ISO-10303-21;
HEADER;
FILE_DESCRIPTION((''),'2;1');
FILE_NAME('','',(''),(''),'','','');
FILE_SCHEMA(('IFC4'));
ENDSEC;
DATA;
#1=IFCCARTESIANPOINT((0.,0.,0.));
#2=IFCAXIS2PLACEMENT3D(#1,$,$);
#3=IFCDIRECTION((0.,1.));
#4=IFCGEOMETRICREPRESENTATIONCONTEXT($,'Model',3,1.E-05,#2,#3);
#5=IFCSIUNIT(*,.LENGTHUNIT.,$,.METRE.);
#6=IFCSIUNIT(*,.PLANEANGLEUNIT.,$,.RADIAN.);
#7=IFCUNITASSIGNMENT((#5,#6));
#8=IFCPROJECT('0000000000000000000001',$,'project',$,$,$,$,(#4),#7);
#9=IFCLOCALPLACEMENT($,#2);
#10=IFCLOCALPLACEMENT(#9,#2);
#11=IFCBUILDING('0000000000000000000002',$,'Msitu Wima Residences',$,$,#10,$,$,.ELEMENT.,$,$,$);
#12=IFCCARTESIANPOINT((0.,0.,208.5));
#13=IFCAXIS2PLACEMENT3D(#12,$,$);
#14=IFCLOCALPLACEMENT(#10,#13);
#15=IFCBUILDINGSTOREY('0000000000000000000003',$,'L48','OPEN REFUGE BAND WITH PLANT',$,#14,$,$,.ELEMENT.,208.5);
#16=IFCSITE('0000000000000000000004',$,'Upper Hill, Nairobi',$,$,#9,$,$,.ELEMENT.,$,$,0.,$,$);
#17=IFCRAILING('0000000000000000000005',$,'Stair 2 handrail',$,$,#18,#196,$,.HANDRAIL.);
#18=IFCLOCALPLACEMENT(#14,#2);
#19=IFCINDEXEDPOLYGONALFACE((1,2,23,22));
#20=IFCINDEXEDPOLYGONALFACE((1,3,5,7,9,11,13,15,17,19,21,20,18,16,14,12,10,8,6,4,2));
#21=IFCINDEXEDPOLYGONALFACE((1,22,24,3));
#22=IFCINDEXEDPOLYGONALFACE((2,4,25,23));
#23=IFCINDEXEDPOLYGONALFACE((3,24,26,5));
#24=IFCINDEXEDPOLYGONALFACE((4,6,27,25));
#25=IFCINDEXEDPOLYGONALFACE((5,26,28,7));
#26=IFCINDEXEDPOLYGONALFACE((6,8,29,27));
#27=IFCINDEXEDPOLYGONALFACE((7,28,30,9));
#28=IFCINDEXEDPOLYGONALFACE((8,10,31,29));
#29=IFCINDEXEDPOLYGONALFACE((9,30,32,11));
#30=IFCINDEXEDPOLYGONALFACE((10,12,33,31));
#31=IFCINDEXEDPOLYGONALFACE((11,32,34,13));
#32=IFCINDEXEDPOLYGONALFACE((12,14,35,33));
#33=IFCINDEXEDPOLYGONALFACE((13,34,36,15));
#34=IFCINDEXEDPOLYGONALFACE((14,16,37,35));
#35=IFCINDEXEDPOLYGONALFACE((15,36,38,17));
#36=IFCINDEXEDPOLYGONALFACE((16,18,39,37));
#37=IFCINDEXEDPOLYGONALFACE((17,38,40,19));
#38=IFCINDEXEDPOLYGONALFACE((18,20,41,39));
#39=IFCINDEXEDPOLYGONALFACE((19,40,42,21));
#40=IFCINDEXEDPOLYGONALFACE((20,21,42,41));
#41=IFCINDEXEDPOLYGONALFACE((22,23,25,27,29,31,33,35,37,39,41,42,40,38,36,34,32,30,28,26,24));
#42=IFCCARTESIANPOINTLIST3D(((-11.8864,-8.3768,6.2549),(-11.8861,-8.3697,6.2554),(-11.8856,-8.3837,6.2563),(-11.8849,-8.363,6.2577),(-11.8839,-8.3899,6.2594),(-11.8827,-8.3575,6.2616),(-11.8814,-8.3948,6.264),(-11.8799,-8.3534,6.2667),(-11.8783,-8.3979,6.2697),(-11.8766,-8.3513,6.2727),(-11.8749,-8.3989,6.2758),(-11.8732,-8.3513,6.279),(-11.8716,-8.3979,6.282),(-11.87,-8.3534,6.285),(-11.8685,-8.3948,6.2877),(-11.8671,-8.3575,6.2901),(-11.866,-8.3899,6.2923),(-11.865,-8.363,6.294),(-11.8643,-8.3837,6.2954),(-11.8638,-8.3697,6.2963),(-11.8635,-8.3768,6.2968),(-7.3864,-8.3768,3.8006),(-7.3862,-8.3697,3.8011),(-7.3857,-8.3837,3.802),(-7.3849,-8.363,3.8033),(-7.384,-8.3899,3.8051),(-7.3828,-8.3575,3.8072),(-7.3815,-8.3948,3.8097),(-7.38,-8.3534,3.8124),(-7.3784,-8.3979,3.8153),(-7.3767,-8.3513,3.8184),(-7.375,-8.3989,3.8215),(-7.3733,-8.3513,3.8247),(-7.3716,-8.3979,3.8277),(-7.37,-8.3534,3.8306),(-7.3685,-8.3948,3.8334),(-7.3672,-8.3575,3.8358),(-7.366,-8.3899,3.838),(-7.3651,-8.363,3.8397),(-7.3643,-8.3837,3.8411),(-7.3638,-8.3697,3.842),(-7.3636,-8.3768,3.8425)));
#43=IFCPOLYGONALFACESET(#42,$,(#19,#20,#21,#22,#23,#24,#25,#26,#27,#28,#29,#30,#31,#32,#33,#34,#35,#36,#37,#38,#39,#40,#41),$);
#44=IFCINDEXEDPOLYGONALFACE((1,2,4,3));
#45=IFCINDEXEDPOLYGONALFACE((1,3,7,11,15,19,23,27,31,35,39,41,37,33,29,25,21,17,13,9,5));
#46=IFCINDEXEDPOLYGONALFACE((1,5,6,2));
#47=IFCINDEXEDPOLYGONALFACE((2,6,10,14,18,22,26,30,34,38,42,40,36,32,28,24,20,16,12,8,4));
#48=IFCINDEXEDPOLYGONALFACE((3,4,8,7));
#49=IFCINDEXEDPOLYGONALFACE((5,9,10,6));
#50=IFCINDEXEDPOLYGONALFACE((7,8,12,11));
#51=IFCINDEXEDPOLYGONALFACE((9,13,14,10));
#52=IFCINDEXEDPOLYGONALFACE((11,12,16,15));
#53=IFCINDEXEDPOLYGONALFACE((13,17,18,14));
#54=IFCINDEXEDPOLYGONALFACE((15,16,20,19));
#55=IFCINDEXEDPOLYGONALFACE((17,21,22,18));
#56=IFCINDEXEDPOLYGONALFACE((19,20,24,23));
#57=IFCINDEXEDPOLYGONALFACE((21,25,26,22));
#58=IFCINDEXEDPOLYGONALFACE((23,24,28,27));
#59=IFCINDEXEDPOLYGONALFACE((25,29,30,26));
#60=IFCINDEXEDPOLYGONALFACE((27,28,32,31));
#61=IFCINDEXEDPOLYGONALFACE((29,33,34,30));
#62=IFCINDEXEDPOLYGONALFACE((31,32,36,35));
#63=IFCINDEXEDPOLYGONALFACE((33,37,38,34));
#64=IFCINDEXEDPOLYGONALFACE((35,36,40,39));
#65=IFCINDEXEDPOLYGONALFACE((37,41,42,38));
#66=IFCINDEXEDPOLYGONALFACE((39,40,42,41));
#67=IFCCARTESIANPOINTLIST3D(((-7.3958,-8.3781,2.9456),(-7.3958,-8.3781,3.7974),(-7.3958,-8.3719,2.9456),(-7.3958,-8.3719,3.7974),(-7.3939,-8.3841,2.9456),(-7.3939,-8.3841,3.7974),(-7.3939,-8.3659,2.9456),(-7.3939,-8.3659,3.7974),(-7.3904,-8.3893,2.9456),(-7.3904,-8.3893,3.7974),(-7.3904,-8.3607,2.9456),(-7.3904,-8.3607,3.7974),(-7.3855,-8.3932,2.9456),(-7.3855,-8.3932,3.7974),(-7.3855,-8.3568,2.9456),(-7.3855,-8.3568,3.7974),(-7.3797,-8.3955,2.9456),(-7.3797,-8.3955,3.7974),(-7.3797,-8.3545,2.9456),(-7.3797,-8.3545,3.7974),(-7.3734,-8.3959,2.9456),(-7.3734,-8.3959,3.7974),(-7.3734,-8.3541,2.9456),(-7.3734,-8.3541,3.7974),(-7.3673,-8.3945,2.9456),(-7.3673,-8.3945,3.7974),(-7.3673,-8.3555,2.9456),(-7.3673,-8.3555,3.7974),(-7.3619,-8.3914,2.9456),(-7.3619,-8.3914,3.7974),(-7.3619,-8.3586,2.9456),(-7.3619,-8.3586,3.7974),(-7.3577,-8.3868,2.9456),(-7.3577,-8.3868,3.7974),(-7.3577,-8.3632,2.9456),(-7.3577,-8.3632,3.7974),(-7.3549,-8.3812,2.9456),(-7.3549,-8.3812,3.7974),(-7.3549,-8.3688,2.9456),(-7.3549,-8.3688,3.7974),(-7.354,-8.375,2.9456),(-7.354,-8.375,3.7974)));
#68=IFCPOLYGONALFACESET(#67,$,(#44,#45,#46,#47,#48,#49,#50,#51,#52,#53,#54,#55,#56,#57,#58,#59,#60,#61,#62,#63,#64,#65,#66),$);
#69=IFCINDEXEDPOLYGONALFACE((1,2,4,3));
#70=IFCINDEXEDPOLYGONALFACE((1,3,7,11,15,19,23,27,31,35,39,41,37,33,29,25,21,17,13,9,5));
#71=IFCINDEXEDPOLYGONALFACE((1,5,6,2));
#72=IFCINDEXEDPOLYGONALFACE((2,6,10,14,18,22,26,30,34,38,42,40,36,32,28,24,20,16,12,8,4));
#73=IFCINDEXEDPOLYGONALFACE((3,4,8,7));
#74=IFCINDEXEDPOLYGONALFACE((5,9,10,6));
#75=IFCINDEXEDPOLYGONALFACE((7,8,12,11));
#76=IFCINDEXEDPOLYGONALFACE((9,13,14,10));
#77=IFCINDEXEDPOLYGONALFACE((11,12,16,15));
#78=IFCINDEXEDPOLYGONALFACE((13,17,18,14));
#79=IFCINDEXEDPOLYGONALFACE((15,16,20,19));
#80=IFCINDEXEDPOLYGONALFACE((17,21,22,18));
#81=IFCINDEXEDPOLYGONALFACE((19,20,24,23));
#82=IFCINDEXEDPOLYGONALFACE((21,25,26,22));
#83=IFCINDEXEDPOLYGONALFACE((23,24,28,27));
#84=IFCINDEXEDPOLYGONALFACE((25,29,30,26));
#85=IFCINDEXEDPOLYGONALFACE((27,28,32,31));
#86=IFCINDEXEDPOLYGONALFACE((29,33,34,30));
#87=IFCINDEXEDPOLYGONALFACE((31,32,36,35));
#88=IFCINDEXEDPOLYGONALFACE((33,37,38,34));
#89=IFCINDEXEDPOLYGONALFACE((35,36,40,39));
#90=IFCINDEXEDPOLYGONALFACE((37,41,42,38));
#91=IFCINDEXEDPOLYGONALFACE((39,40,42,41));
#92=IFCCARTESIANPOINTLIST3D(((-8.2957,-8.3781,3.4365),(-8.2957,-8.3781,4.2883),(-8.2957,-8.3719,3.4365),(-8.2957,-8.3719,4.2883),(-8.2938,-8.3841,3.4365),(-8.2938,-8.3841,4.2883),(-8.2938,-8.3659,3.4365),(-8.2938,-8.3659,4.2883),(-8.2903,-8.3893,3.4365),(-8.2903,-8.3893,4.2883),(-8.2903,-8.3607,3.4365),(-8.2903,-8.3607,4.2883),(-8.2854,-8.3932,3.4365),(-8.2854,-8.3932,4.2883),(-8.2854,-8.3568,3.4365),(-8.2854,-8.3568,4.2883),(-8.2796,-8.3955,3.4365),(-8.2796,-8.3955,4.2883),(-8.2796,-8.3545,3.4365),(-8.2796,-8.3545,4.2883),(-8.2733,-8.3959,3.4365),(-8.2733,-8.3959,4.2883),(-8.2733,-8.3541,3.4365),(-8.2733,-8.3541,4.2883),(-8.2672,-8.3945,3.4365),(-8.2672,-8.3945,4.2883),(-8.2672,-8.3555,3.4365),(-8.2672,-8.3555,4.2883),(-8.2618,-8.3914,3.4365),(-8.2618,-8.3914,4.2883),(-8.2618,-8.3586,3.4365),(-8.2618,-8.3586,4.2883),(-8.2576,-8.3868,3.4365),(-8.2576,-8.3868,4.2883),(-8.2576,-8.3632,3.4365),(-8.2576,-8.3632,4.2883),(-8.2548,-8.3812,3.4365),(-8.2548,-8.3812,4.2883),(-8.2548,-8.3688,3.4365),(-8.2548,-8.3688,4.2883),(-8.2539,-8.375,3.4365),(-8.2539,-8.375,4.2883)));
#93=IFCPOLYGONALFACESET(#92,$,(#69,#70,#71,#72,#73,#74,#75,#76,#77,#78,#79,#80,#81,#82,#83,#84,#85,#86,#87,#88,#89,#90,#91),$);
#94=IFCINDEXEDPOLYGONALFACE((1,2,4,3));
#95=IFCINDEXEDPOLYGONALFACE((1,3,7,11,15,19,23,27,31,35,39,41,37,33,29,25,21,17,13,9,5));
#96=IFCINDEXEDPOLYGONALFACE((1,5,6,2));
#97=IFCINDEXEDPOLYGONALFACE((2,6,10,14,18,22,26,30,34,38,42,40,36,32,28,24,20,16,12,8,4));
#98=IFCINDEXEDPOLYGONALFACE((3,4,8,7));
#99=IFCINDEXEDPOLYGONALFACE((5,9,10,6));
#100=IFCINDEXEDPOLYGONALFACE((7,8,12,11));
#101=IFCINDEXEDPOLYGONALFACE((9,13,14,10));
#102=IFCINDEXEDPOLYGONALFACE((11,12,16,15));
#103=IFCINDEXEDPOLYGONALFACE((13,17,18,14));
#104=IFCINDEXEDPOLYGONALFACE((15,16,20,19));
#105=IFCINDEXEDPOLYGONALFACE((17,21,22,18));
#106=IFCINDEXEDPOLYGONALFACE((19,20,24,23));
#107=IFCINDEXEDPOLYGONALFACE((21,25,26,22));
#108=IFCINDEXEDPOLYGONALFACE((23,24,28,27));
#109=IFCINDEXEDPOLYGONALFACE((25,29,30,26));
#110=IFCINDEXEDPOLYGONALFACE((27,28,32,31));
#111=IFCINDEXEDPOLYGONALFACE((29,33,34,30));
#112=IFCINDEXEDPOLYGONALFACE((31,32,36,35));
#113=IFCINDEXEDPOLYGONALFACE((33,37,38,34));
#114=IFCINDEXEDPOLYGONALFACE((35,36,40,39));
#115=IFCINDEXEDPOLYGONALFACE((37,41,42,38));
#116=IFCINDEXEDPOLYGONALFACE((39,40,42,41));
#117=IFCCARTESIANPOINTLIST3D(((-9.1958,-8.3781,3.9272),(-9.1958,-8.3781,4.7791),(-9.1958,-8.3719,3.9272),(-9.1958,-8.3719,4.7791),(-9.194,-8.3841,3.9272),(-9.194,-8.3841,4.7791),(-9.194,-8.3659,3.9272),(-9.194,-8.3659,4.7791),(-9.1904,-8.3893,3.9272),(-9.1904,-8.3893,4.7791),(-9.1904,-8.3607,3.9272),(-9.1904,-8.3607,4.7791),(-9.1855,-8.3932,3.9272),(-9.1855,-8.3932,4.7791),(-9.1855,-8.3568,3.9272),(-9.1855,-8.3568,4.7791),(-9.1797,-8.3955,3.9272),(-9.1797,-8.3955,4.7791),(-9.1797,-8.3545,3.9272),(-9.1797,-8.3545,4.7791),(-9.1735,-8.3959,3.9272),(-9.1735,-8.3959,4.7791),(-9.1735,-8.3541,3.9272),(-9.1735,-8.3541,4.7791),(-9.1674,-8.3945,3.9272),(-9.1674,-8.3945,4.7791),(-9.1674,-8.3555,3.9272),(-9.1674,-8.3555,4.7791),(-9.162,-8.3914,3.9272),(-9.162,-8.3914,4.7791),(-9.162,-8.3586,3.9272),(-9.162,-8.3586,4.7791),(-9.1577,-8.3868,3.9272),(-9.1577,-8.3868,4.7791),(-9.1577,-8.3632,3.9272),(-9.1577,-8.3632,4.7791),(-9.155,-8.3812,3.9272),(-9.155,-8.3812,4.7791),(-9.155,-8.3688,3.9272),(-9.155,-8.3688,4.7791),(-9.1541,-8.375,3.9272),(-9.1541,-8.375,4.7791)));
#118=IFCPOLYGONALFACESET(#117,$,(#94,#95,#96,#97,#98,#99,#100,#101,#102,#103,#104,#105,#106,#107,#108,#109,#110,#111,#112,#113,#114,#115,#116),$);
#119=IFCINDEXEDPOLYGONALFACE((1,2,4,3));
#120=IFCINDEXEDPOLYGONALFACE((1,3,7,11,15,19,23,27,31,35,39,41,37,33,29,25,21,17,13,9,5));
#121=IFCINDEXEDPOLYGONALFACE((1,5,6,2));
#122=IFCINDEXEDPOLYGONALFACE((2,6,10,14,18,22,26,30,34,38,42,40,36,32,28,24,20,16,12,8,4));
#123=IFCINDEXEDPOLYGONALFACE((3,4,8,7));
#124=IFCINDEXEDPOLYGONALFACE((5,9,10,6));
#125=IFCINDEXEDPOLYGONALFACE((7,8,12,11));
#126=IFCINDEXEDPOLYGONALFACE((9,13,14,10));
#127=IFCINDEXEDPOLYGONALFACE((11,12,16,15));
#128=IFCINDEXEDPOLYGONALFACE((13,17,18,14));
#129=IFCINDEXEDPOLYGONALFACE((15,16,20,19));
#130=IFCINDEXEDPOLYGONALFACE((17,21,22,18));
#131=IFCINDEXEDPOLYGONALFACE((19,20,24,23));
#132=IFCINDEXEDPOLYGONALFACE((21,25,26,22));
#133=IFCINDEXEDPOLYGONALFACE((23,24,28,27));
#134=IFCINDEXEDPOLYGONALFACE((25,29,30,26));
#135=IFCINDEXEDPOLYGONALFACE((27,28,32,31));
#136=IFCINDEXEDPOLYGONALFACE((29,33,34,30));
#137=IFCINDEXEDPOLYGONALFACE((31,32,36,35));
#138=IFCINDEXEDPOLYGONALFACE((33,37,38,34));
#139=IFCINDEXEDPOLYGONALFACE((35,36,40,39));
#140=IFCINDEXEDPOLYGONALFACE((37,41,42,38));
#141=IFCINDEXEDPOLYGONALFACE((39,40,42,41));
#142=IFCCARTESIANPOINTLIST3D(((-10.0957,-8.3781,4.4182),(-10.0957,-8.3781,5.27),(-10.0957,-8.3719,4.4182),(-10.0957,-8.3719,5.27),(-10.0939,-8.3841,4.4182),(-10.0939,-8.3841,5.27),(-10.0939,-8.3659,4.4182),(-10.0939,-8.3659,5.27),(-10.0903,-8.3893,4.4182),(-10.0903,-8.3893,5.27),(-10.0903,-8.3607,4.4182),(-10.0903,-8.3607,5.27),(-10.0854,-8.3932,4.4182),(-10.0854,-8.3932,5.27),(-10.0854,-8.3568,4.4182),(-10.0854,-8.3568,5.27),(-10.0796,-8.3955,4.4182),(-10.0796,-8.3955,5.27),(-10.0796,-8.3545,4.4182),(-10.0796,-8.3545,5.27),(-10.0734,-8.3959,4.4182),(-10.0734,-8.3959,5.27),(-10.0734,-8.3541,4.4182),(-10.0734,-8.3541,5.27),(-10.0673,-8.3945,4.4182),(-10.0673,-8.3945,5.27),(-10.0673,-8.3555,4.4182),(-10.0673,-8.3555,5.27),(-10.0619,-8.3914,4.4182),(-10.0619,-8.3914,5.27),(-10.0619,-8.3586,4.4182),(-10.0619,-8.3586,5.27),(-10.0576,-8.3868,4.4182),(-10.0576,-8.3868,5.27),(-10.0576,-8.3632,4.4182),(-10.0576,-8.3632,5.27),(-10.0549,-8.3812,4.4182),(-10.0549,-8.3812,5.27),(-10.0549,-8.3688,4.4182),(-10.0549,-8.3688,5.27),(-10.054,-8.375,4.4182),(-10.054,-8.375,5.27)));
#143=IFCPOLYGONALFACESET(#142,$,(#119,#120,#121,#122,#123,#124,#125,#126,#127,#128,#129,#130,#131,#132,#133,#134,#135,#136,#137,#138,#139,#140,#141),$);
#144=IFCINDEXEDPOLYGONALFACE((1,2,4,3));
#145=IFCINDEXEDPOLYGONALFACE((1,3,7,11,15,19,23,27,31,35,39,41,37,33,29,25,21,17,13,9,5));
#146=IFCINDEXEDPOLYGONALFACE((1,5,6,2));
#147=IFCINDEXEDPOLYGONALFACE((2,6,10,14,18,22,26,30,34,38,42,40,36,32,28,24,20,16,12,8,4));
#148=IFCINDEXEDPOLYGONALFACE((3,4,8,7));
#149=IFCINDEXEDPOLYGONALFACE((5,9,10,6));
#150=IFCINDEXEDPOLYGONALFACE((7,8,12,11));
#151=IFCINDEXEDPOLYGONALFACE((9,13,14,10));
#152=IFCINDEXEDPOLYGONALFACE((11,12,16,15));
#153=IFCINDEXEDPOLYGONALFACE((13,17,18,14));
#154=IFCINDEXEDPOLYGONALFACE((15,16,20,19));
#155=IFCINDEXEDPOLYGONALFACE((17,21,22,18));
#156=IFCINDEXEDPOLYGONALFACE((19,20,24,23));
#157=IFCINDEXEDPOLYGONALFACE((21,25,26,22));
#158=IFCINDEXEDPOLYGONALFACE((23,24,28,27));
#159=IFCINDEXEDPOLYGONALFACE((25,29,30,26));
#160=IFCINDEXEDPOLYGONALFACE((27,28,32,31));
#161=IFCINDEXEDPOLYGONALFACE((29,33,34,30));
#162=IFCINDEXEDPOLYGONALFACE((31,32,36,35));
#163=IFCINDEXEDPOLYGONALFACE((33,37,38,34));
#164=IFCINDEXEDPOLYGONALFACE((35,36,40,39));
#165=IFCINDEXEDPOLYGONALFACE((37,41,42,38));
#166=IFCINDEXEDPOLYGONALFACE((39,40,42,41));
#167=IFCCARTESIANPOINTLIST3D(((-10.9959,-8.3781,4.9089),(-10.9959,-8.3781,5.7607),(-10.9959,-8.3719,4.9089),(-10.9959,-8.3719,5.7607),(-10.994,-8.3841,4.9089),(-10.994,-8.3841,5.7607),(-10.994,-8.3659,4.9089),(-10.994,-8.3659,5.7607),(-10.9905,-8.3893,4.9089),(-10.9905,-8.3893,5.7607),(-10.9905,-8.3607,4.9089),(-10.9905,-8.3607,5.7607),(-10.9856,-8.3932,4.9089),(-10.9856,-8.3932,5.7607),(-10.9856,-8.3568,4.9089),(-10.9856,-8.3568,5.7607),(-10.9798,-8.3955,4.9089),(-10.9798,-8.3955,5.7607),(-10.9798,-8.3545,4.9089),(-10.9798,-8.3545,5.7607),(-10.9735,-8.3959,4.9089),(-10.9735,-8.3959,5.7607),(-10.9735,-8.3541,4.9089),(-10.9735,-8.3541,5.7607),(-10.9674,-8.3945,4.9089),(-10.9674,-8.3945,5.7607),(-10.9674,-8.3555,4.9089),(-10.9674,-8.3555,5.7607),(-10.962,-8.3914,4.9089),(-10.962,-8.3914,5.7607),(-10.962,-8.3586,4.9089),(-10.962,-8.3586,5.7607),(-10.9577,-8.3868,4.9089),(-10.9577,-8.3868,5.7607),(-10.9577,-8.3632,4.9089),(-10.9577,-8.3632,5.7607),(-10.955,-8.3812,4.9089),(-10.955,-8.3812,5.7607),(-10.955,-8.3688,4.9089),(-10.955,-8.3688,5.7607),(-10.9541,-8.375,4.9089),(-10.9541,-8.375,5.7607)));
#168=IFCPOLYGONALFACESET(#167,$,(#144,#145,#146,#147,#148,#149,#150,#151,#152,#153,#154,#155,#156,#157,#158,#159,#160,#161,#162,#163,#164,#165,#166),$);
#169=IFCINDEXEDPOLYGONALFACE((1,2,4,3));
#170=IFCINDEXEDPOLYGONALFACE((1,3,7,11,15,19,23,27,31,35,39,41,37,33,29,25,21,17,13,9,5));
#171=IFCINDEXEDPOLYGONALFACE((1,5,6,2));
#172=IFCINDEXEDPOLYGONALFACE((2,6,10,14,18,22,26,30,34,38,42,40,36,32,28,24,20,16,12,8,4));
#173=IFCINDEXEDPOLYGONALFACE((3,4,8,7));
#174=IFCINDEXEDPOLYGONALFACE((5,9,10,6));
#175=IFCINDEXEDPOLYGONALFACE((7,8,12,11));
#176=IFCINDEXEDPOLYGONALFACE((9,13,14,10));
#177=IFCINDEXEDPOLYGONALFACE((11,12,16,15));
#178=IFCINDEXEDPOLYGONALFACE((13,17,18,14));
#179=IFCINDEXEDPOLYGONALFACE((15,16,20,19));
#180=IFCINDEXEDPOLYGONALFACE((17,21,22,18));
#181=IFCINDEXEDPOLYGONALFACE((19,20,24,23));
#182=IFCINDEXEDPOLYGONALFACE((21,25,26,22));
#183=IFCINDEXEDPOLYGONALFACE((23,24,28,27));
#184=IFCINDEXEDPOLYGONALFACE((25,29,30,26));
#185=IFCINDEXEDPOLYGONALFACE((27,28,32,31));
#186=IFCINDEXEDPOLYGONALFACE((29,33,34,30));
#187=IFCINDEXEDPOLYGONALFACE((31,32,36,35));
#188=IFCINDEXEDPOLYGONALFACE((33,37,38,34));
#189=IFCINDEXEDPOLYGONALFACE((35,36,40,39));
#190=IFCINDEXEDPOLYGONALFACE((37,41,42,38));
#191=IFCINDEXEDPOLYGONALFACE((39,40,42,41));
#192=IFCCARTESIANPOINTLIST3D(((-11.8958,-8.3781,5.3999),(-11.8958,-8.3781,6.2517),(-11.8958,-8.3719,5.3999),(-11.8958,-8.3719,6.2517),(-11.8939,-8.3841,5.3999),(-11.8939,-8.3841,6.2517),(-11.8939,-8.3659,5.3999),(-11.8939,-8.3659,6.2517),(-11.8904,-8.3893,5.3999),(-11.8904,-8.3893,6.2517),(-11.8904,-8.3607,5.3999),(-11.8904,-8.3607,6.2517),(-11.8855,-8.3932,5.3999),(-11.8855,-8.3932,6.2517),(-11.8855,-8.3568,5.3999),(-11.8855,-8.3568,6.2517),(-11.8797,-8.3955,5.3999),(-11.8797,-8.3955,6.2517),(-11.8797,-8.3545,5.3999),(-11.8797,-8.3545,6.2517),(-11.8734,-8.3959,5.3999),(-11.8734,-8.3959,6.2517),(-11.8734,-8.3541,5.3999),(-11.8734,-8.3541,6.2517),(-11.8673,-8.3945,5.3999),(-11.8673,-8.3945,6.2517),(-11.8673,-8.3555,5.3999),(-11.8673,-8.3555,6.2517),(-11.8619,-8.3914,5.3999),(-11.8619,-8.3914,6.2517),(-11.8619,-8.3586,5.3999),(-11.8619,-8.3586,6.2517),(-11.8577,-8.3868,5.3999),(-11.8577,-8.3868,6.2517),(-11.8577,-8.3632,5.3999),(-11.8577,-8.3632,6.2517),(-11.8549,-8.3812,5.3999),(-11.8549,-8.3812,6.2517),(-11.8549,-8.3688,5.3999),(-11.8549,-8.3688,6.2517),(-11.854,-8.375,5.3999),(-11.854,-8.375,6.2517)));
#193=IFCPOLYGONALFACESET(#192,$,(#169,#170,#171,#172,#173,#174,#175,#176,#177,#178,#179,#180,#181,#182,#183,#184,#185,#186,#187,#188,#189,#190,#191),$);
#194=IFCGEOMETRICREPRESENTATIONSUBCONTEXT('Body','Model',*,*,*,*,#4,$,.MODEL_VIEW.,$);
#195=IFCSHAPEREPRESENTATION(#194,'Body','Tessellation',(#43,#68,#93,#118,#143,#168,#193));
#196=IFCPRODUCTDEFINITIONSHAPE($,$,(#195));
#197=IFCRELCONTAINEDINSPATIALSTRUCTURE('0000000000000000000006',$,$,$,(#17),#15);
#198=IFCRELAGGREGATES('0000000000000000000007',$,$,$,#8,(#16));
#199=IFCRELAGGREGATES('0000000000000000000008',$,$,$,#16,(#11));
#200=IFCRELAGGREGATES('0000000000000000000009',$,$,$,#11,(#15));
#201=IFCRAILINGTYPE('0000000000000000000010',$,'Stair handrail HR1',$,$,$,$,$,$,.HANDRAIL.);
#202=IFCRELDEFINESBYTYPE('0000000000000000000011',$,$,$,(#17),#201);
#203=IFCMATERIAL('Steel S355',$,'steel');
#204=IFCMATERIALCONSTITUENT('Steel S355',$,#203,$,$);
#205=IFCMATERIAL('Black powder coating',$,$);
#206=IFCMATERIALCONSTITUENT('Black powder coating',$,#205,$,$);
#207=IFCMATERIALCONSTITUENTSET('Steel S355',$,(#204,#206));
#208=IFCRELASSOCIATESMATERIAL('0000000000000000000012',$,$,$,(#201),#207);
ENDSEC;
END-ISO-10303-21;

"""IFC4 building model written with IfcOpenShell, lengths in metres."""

from ifc_helpers import new_model, si_unit, direction, frame, origin, origin_2d, place, context, subcontext, project, spatial, circle, extrude, material, constituent, constituent_set, type_object, element, save


model = new_model("IFC4")

# Units and contexts
model_context = context("Model", 3, precision=1e-05, world=origin(), true_north=direction((0.0, 1.0)))
body_context = subcontext(model_context, "Body", "Model", "MODEL_VIEW")
ifc_project = project(units=[si_unit("LENGTHUNIT", "METRE"), si_unit("PLANEANGLEUNIT", "RADIAN")], contexts=[model_context])

# Site, building, storey
site_placement = place(None, origin())
site = spatial("IfcSite", under=ifc_project, at=site_placement, Name="Upper Hill, Nairobi", CompositionType="ELEMENT", RefElevation=0.0)
building_placement = place(site_placement, origin())
building = spatial("IfcBuilding", under=site, at=building_placement, Name="Msitu Wima Residences", CompositionType="ELEMENT")
storey_placement = place(building_placement, frame((0.0, 0.0, 208.5)))
storey = spatial("IfcBuildingStorey", under=building, at=storey_placement, Name="L48", Description="OPEN REFUGE BAND WITH PLANT", CompositionType="ELEMENT", Elevation=208.5)

# Railing
ifc_material_1 = material(Name="Steel S355", Category="steel")
ifc_constituent_1 = constituent(ifc_material_1, Name="Steel S355")
ifc_material_2 = material(Name="Black powder coating")
ifc_constituent_2 = constituent(ifc_material_2, Name="Black powder coating")
ifc_constituent_set = constituent_set(constituents=[ifc_constituent_1, ifc_constituent_2], Name="Steel S355")
railing_type = type_object("IfcRailingType", Name="Stair handrail HR1", PredefinedType="HANDRAIL", material=ifc_constituent_set)
for number, where, name in (
    (1, (-7.375, -8.375, 2.9456), "Stair 2 handrail"),
):
    element("IfcRailing", number, at=place(storey_placement, frame(where)), inside=storey, type_object=railing_type, Name=name, PredefinedType="HANDRAIL", context=body_context, shape_type="SweptSolid", body=[
        extrude(circle(Radius=0.0239, at=origin_2d()), frame((0.0, 0.0, 0.876), z_axis=(-0.877912, 0.0, 0.478822), x_axis=(0.0, -1.0, 0.0)), (0.0, 0.0, 1.0), 5.1257),
        extrude(circle(Radius=0.021, at=origin_2d()), origin(), (0.0, 0.0, 1.0), 0.8518),
        extrude(circle(Radius=0.021, at=origin_2d()), frame((-0.8999, 0.0, 0.491)), (0.0, 0.0, 1.0), 0.8518),
        extrude(circle(Radius=0.021, at=origin_2d()), frame((-1.8, 0.0, 0.9817)), (0.0, 0.0, 1.0), 0.8518),
        extrude(circle(Radius=0.021, at=origin_2d()), frame((-2.7, 0.0, 1.4727)), (0.0, 0.0, 1.0), 0.8518),
        extrude(circle(Radius=0.021, at=origin_2d()), frame((-3.6001, 0.0, 1.9634)), (0.0, 0.0, 1.0), 0.8518),
        extrude(circle(Radius=0.021, at=origin_2d()), frame((-4.5, 0.0, 2.4543)), (0.0, 0.0, 1.0), 0.8518),
    ])

save(model, "model.ifc")
